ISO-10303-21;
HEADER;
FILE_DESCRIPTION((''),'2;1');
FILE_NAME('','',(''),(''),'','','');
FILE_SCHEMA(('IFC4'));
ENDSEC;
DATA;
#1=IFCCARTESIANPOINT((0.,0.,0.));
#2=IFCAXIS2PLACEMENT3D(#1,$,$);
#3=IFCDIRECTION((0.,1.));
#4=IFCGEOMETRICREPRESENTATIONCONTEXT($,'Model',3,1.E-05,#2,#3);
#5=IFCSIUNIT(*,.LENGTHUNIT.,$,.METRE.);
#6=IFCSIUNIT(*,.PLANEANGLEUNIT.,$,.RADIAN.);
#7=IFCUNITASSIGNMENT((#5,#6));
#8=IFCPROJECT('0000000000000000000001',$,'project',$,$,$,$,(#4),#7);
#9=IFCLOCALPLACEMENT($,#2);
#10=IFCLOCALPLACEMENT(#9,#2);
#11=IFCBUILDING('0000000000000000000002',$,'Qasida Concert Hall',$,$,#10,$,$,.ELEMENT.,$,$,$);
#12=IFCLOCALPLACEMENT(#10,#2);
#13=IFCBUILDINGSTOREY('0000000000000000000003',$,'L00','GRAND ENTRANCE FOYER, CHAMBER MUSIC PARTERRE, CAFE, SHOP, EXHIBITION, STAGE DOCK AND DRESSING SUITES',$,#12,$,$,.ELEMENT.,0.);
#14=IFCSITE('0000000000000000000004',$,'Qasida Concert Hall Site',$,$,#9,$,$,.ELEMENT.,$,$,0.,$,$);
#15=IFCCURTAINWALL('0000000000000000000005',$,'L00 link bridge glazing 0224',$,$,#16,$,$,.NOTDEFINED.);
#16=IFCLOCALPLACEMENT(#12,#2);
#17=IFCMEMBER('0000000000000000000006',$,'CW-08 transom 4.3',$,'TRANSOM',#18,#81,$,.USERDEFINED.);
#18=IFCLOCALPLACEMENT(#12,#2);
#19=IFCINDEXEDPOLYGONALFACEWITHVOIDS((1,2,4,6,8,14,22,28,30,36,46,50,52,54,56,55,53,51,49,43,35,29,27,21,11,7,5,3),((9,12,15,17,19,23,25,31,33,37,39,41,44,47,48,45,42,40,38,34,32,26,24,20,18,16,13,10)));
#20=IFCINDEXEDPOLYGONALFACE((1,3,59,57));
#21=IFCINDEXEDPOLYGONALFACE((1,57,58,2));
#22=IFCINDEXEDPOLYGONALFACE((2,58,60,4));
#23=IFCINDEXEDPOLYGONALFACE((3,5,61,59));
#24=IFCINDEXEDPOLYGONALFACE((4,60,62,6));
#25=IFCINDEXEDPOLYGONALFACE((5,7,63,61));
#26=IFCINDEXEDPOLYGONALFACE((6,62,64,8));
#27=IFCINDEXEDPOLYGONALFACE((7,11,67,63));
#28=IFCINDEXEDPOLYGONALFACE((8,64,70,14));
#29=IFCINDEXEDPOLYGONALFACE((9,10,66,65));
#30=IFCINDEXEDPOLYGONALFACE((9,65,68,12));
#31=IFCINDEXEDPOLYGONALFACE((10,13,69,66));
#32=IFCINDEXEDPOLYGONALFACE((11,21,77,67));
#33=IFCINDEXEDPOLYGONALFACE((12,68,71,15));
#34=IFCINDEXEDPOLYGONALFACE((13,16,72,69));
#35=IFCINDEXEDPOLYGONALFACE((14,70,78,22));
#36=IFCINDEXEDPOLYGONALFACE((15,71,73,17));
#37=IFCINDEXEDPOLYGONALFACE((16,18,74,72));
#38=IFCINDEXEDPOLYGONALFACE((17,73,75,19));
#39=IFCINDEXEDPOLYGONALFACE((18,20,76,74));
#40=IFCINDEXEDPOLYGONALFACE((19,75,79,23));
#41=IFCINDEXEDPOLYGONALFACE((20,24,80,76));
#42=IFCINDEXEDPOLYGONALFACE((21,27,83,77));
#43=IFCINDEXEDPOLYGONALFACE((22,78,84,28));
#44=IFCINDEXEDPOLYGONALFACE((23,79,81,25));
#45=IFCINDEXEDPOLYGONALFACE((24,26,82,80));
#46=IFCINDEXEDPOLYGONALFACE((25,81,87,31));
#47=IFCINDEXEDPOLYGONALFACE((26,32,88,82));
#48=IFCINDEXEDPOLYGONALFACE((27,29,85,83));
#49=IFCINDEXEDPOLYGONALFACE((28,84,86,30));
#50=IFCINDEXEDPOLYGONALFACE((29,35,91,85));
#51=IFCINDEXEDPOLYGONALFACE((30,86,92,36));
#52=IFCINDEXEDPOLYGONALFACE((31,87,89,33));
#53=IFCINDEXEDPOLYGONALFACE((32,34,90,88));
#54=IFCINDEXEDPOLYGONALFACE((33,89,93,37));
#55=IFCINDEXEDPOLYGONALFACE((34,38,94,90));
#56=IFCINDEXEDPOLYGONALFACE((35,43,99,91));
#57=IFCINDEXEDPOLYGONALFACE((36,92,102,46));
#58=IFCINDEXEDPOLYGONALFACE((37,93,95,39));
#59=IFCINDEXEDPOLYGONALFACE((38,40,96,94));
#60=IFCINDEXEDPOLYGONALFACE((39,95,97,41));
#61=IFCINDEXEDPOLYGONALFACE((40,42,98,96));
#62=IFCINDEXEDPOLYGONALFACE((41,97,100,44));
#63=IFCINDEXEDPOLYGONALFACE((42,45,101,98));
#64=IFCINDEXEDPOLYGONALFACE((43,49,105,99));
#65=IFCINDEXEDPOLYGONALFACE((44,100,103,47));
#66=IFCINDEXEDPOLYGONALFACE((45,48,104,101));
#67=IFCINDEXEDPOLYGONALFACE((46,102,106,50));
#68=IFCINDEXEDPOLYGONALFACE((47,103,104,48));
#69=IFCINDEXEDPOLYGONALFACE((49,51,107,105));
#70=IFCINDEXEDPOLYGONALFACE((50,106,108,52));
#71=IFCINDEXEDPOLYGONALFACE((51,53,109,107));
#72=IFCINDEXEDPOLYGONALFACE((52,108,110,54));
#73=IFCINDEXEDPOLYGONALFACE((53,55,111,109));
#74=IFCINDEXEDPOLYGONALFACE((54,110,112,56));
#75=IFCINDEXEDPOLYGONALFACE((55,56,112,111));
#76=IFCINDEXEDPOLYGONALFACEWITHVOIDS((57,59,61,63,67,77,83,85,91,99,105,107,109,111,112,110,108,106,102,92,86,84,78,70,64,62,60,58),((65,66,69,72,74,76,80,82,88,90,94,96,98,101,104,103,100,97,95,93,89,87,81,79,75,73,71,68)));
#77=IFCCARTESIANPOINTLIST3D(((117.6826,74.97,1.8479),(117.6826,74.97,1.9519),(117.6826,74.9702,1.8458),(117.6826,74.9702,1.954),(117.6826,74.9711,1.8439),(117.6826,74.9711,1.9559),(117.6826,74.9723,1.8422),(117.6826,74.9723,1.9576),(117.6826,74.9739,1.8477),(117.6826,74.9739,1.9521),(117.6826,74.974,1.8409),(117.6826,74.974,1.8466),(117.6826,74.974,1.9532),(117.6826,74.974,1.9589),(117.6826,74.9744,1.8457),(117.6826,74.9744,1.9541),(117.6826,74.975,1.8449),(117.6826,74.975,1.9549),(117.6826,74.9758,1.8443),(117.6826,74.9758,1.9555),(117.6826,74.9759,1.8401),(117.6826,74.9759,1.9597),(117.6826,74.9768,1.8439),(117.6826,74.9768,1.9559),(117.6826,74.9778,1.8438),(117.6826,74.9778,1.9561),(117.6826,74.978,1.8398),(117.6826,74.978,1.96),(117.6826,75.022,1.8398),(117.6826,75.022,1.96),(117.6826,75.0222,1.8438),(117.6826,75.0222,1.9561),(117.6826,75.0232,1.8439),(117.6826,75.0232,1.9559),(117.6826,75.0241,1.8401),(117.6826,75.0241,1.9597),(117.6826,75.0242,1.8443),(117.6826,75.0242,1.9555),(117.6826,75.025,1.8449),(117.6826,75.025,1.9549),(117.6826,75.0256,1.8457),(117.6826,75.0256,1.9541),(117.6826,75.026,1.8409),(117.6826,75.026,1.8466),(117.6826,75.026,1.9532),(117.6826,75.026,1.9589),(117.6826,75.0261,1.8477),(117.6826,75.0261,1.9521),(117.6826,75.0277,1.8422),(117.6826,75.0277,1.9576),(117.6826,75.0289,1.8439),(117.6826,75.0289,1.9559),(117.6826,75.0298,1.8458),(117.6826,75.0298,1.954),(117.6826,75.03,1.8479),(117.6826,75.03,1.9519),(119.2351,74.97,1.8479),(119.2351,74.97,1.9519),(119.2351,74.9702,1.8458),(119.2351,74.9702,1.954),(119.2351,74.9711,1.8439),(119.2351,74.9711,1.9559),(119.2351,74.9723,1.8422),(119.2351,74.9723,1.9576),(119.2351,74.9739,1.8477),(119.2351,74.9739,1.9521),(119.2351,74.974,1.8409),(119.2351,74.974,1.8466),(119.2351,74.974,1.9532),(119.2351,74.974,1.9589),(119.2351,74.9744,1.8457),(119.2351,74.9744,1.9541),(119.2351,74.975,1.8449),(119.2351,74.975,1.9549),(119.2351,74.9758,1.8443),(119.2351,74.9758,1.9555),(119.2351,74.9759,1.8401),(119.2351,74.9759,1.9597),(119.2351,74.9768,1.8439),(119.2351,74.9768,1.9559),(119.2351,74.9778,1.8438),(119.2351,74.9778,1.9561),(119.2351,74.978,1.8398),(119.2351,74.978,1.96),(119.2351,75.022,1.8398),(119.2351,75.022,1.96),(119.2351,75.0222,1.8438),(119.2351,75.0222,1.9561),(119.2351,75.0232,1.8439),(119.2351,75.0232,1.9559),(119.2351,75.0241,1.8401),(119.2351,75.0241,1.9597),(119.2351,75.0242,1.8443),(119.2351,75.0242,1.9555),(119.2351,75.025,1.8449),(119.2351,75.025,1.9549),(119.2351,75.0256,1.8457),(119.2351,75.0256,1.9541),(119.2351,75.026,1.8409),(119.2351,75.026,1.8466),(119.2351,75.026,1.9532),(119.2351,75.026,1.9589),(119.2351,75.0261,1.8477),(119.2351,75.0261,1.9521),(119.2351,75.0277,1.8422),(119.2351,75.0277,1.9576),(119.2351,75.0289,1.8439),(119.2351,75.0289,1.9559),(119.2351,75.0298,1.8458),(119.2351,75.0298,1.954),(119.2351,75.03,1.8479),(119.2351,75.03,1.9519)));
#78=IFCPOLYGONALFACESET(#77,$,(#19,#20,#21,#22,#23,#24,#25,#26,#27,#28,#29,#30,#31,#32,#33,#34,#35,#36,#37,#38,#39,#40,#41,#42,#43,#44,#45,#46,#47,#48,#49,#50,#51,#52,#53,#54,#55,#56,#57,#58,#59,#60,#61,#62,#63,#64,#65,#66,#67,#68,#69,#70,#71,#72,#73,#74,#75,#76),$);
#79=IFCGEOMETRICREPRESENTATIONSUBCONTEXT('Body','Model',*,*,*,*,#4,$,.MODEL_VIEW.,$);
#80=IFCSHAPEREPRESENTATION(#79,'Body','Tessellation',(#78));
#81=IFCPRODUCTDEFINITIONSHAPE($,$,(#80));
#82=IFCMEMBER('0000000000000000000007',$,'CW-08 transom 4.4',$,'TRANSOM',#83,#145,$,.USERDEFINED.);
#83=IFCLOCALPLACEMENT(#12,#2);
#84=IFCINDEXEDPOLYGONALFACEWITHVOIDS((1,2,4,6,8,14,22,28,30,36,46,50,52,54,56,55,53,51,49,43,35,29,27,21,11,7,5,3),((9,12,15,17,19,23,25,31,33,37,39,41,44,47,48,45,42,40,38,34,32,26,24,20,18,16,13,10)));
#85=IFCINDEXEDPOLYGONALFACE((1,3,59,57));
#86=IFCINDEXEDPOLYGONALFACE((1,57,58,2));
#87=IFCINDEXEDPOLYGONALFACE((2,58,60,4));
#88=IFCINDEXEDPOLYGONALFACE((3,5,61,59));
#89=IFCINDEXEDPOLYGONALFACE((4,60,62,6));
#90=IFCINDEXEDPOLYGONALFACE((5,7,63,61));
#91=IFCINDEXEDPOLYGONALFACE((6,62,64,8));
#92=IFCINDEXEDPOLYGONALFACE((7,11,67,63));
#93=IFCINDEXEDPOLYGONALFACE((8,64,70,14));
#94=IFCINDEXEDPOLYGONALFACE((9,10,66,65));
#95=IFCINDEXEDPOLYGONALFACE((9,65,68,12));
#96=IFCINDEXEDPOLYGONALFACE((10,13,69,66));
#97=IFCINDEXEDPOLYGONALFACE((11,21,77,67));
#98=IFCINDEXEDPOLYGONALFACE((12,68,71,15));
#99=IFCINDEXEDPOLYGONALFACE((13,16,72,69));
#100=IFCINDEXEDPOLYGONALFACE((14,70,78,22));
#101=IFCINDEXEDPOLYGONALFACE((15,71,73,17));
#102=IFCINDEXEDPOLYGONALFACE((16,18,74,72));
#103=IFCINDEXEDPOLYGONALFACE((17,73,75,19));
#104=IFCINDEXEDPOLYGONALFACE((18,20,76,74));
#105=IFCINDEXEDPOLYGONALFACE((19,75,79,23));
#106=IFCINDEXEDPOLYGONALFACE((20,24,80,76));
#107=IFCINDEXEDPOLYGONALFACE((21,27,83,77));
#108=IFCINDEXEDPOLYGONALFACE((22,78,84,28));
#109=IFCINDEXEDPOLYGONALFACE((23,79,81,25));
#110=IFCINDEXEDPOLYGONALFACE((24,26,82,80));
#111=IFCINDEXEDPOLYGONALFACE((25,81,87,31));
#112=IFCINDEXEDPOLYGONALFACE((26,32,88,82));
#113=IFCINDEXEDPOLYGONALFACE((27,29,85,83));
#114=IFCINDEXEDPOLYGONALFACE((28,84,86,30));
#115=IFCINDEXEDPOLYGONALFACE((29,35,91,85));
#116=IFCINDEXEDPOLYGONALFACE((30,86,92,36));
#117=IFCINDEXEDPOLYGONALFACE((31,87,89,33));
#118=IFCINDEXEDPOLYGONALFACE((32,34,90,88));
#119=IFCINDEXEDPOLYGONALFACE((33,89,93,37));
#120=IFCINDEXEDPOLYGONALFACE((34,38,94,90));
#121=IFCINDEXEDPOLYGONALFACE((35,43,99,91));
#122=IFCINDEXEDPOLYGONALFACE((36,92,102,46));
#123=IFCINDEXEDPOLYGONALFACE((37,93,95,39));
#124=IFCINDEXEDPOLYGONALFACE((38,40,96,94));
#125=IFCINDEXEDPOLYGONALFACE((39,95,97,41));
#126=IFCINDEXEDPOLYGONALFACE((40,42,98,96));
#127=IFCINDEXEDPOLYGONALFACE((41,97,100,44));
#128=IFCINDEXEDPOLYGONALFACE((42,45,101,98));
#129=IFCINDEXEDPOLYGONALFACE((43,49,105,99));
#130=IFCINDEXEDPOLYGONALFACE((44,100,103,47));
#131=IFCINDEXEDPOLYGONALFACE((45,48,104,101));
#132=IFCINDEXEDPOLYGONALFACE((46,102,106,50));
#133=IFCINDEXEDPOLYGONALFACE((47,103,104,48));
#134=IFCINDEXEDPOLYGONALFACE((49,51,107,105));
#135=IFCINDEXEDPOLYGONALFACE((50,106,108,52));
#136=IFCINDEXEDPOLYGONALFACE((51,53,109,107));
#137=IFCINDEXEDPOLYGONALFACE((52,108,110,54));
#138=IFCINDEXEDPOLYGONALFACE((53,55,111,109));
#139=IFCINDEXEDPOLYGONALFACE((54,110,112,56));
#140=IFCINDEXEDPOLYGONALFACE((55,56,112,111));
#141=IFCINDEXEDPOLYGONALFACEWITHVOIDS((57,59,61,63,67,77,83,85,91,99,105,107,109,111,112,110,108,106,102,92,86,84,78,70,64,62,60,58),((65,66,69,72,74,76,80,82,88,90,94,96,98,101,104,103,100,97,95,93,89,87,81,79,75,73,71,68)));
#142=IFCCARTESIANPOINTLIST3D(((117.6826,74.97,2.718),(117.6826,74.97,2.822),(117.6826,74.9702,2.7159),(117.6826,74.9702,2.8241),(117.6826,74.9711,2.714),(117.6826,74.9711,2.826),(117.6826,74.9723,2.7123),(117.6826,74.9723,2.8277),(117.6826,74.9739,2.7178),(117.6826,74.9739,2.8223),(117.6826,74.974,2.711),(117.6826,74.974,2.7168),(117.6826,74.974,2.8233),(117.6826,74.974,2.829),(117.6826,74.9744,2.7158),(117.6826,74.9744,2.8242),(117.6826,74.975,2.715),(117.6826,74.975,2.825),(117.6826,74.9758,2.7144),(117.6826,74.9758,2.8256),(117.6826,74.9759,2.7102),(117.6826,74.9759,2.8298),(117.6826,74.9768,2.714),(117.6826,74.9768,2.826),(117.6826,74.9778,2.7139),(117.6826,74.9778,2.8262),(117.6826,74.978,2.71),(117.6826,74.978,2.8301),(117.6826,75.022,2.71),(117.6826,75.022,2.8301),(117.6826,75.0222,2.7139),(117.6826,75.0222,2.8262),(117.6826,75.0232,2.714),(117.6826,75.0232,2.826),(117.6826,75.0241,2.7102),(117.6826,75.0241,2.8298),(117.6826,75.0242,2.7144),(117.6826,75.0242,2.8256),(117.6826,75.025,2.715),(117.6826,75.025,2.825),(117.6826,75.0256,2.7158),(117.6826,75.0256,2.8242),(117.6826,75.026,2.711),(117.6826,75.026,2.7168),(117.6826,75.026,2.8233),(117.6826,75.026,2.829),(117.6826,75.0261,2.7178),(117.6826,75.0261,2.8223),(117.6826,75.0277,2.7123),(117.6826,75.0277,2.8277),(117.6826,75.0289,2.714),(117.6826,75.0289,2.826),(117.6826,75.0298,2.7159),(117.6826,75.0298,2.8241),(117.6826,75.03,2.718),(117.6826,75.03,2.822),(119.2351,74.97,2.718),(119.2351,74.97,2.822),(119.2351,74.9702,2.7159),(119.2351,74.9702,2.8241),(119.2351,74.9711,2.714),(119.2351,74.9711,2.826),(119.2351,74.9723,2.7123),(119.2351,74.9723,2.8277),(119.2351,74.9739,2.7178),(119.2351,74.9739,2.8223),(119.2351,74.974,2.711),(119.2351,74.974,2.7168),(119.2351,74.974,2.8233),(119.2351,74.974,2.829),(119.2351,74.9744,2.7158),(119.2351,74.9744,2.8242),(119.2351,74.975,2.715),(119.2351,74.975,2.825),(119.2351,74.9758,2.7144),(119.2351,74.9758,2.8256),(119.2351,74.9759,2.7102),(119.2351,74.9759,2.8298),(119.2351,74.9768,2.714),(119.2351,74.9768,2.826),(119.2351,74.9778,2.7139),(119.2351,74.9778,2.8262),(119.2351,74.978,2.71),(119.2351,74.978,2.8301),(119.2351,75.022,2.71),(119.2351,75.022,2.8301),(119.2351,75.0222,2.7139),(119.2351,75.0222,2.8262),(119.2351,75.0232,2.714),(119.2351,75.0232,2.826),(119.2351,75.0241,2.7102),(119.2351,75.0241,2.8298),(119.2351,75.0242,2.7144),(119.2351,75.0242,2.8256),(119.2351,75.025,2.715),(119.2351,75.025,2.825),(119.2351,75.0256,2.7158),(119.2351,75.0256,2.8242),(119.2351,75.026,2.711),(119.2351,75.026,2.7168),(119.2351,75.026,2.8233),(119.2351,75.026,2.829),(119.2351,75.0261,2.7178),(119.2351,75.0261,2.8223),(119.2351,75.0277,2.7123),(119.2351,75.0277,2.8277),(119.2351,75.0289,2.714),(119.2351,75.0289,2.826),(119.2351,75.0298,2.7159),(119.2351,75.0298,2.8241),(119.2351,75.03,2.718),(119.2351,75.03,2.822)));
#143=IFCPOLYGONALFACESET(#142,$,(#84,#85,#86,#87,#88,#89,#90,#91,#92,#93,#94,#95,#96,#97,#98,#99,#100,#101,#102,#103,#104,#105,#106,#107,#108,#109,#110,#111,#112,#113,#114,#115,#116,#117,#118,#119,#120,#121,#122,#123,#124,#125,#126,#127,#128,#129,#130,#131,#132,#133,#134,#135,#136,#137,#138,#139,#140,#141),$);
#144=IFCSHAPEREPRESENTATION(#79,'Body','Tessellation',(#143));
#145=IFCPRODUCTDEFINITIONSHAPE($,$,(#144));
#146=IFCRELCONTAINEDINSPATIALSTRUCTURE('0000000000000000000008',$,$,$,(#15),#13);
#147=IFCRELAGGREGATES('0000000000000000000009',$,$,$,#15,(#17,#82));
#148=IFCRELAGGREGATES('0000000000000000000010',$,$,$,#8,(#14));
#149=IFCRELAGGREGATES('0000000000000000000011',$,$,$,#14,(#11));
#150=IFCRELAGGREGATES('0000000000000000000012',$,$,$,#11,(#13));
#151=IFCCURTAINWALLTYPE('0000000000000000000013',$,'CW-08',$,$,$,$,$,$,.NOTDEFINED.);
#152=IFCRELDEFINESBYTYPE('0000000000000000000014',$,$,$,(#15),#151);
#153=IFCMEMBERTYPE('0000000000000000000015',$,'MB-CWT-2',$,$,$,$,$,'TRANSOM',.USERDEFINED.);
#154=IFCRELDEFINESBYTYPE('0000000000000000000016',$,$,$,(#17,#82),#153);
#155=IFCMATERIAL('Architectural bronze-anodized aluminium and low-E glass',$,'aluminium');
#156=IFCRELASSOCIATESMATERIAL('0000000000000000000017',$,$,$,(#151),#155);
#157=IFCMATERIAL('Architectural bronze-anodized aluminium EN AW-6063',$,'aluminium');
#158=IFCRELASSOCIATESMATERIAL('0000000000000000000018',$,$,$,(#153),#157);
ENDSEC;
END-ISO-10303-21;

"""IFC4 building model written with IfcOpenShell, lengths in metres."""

from ifc_helpers import new_model, si_unit, direction, frame, origin, origin_2d, place, context, subcontext, project, spatial, hollow_rectangle, extrude, material, material_profile, profile_set, type_object, element, aggregate, save


model = new_model("IFC4")

# Units and contexts
model_context = context("Model", 3, precision=1e-05, world=origin(), true_north=direction((0.0, 1.0)))
body_context = subcontext(model_context, "Body", "Model", "MODEL_VIEW")
ifc_project = project(units=[si_unit("LENGTHUNIT", "METRE"), si_unit("PLANEANGLEUNIT", "RADIAN")], contexts=[model_context])

# Site, building, storey
site_placement = place(None, origin())
site = spatial("IfcSite", under=ifc_project, at=site_placement, Name="Qasida Concert Hall Site", CompositionType="ELEMENT", RefElevation=0.0)
building_placement = place(site_placement, origin())
building = spatial("IfcBuilding", under=site, at=building_placement, Name="Qasida Concert Hall", CompositionType="ELEMENT")
storey_placement = place(building_placement, origin())
storey = spatial("IfcBuildingStorey", under=building, at=storey_placement, Name="L00", Description="GRAND ENTRANCE FOYER, CHAMBER MUSIC PARTERRE, CAFE, SHOP, EXHIBITION, STAGE DOCK AND DRESSING SUITES", CompositionType="ELEMENT", Elevation=0.0)

# Curtain wall, members
ifc_material_1 = material(Name="Architectural bronze-anodized aluminium and low-E glass", Category="aluminium")
curtain_wall_type = type_object("IfcCurtainWallType", Name="CW-08", PredefinedType="NOTDEFINED", material=ifc_material_1)
curtain_wall_1_placement = place(storey_placement, origin())
curtain_wall_1 = element("IfcCurtainWall", 1, at=curtain_wall_1_placement, inside=storey, type_object=curtain_wall_type, Name="L00 link bridge glazing 0224", PredefinedType="NOTDEFINED")
ifc_material_2 = material(Name="Architectural bronze-anodized aluminium EN AW-6063", Category="aluminium")
ifc_material_profile_1 = material_profile(ifc_material_2, hollow_rectangle(XDim=0.0601, YDim=0.1201, WallThickness=0.0039, InnerFilletRadius=0.0039, OuterFilletRadius=0.0081, at=origin_2d()), Name="CWT 120x60x4")
ifc_profile_set_1 = profile_set([ifc_material_profile_1], Name="Architectural bronze-anodized aluminium EN AW-6063")
member_type_1 = type_object("IfcMemberType", Name="MB-CWT-2", ElementType="TRANSOM", PredefinedType="USERDEFINED", material=ifc_profile_set_1)
member_1_placement = place(storey_placement, frame((117.6826, 75.0, 1.8999), z_axis=(1.0, 0.0, 0.0), x_axis=(0.0, 1.0, 0.0)))
member_1 = element("IfcMember", 2, at=member_1_placement, type_object=member_type_1, Name="CW-08 transom 4.3", ObjectType="TRANSOM", PredefinedType="USERDEFINED", context=body_context, shape_type="SweptSolid", body=[
    extrude(hollow_rectangle(XDim=0.0601, YDim=0.1201, WallThickness=0.0039, InnerFilletRadius=0.0039, OuterFilletRadius=0.0081, at=origin_2d()), origin(), (0.0, 0.0, 1.0), 1.5525),
])
member_2_placement = place(storey_placement, frame((117.6826, 75.0, 2.77), z_axis=(1.0, 0.0, 0.0), x_axis=(0.0, 1.0, 0.0)))
member_2 = element("IfcMember", 3, at=member_2_placement, type_object=member_type_1, Name="CW-08 transom 4.4", ObjectType="TRANSOM", PredefinedType="USERDEFINED", context=body_context, shape_type="SweptSolid", body=[
    extrude(hollow_rectangle(XDim=0.0601, YDim=0.1201, WallThickness=0.0039, InnerFilletRadius=0.0039, OuterFilletRadius=0.0081, at=origin_2d()), origin(), (0.0, 0.0, 1.0), 1.5525),
])

aggregate(curtain_wall_1, [member_1, member_2])

save(model, "model.ifc")
